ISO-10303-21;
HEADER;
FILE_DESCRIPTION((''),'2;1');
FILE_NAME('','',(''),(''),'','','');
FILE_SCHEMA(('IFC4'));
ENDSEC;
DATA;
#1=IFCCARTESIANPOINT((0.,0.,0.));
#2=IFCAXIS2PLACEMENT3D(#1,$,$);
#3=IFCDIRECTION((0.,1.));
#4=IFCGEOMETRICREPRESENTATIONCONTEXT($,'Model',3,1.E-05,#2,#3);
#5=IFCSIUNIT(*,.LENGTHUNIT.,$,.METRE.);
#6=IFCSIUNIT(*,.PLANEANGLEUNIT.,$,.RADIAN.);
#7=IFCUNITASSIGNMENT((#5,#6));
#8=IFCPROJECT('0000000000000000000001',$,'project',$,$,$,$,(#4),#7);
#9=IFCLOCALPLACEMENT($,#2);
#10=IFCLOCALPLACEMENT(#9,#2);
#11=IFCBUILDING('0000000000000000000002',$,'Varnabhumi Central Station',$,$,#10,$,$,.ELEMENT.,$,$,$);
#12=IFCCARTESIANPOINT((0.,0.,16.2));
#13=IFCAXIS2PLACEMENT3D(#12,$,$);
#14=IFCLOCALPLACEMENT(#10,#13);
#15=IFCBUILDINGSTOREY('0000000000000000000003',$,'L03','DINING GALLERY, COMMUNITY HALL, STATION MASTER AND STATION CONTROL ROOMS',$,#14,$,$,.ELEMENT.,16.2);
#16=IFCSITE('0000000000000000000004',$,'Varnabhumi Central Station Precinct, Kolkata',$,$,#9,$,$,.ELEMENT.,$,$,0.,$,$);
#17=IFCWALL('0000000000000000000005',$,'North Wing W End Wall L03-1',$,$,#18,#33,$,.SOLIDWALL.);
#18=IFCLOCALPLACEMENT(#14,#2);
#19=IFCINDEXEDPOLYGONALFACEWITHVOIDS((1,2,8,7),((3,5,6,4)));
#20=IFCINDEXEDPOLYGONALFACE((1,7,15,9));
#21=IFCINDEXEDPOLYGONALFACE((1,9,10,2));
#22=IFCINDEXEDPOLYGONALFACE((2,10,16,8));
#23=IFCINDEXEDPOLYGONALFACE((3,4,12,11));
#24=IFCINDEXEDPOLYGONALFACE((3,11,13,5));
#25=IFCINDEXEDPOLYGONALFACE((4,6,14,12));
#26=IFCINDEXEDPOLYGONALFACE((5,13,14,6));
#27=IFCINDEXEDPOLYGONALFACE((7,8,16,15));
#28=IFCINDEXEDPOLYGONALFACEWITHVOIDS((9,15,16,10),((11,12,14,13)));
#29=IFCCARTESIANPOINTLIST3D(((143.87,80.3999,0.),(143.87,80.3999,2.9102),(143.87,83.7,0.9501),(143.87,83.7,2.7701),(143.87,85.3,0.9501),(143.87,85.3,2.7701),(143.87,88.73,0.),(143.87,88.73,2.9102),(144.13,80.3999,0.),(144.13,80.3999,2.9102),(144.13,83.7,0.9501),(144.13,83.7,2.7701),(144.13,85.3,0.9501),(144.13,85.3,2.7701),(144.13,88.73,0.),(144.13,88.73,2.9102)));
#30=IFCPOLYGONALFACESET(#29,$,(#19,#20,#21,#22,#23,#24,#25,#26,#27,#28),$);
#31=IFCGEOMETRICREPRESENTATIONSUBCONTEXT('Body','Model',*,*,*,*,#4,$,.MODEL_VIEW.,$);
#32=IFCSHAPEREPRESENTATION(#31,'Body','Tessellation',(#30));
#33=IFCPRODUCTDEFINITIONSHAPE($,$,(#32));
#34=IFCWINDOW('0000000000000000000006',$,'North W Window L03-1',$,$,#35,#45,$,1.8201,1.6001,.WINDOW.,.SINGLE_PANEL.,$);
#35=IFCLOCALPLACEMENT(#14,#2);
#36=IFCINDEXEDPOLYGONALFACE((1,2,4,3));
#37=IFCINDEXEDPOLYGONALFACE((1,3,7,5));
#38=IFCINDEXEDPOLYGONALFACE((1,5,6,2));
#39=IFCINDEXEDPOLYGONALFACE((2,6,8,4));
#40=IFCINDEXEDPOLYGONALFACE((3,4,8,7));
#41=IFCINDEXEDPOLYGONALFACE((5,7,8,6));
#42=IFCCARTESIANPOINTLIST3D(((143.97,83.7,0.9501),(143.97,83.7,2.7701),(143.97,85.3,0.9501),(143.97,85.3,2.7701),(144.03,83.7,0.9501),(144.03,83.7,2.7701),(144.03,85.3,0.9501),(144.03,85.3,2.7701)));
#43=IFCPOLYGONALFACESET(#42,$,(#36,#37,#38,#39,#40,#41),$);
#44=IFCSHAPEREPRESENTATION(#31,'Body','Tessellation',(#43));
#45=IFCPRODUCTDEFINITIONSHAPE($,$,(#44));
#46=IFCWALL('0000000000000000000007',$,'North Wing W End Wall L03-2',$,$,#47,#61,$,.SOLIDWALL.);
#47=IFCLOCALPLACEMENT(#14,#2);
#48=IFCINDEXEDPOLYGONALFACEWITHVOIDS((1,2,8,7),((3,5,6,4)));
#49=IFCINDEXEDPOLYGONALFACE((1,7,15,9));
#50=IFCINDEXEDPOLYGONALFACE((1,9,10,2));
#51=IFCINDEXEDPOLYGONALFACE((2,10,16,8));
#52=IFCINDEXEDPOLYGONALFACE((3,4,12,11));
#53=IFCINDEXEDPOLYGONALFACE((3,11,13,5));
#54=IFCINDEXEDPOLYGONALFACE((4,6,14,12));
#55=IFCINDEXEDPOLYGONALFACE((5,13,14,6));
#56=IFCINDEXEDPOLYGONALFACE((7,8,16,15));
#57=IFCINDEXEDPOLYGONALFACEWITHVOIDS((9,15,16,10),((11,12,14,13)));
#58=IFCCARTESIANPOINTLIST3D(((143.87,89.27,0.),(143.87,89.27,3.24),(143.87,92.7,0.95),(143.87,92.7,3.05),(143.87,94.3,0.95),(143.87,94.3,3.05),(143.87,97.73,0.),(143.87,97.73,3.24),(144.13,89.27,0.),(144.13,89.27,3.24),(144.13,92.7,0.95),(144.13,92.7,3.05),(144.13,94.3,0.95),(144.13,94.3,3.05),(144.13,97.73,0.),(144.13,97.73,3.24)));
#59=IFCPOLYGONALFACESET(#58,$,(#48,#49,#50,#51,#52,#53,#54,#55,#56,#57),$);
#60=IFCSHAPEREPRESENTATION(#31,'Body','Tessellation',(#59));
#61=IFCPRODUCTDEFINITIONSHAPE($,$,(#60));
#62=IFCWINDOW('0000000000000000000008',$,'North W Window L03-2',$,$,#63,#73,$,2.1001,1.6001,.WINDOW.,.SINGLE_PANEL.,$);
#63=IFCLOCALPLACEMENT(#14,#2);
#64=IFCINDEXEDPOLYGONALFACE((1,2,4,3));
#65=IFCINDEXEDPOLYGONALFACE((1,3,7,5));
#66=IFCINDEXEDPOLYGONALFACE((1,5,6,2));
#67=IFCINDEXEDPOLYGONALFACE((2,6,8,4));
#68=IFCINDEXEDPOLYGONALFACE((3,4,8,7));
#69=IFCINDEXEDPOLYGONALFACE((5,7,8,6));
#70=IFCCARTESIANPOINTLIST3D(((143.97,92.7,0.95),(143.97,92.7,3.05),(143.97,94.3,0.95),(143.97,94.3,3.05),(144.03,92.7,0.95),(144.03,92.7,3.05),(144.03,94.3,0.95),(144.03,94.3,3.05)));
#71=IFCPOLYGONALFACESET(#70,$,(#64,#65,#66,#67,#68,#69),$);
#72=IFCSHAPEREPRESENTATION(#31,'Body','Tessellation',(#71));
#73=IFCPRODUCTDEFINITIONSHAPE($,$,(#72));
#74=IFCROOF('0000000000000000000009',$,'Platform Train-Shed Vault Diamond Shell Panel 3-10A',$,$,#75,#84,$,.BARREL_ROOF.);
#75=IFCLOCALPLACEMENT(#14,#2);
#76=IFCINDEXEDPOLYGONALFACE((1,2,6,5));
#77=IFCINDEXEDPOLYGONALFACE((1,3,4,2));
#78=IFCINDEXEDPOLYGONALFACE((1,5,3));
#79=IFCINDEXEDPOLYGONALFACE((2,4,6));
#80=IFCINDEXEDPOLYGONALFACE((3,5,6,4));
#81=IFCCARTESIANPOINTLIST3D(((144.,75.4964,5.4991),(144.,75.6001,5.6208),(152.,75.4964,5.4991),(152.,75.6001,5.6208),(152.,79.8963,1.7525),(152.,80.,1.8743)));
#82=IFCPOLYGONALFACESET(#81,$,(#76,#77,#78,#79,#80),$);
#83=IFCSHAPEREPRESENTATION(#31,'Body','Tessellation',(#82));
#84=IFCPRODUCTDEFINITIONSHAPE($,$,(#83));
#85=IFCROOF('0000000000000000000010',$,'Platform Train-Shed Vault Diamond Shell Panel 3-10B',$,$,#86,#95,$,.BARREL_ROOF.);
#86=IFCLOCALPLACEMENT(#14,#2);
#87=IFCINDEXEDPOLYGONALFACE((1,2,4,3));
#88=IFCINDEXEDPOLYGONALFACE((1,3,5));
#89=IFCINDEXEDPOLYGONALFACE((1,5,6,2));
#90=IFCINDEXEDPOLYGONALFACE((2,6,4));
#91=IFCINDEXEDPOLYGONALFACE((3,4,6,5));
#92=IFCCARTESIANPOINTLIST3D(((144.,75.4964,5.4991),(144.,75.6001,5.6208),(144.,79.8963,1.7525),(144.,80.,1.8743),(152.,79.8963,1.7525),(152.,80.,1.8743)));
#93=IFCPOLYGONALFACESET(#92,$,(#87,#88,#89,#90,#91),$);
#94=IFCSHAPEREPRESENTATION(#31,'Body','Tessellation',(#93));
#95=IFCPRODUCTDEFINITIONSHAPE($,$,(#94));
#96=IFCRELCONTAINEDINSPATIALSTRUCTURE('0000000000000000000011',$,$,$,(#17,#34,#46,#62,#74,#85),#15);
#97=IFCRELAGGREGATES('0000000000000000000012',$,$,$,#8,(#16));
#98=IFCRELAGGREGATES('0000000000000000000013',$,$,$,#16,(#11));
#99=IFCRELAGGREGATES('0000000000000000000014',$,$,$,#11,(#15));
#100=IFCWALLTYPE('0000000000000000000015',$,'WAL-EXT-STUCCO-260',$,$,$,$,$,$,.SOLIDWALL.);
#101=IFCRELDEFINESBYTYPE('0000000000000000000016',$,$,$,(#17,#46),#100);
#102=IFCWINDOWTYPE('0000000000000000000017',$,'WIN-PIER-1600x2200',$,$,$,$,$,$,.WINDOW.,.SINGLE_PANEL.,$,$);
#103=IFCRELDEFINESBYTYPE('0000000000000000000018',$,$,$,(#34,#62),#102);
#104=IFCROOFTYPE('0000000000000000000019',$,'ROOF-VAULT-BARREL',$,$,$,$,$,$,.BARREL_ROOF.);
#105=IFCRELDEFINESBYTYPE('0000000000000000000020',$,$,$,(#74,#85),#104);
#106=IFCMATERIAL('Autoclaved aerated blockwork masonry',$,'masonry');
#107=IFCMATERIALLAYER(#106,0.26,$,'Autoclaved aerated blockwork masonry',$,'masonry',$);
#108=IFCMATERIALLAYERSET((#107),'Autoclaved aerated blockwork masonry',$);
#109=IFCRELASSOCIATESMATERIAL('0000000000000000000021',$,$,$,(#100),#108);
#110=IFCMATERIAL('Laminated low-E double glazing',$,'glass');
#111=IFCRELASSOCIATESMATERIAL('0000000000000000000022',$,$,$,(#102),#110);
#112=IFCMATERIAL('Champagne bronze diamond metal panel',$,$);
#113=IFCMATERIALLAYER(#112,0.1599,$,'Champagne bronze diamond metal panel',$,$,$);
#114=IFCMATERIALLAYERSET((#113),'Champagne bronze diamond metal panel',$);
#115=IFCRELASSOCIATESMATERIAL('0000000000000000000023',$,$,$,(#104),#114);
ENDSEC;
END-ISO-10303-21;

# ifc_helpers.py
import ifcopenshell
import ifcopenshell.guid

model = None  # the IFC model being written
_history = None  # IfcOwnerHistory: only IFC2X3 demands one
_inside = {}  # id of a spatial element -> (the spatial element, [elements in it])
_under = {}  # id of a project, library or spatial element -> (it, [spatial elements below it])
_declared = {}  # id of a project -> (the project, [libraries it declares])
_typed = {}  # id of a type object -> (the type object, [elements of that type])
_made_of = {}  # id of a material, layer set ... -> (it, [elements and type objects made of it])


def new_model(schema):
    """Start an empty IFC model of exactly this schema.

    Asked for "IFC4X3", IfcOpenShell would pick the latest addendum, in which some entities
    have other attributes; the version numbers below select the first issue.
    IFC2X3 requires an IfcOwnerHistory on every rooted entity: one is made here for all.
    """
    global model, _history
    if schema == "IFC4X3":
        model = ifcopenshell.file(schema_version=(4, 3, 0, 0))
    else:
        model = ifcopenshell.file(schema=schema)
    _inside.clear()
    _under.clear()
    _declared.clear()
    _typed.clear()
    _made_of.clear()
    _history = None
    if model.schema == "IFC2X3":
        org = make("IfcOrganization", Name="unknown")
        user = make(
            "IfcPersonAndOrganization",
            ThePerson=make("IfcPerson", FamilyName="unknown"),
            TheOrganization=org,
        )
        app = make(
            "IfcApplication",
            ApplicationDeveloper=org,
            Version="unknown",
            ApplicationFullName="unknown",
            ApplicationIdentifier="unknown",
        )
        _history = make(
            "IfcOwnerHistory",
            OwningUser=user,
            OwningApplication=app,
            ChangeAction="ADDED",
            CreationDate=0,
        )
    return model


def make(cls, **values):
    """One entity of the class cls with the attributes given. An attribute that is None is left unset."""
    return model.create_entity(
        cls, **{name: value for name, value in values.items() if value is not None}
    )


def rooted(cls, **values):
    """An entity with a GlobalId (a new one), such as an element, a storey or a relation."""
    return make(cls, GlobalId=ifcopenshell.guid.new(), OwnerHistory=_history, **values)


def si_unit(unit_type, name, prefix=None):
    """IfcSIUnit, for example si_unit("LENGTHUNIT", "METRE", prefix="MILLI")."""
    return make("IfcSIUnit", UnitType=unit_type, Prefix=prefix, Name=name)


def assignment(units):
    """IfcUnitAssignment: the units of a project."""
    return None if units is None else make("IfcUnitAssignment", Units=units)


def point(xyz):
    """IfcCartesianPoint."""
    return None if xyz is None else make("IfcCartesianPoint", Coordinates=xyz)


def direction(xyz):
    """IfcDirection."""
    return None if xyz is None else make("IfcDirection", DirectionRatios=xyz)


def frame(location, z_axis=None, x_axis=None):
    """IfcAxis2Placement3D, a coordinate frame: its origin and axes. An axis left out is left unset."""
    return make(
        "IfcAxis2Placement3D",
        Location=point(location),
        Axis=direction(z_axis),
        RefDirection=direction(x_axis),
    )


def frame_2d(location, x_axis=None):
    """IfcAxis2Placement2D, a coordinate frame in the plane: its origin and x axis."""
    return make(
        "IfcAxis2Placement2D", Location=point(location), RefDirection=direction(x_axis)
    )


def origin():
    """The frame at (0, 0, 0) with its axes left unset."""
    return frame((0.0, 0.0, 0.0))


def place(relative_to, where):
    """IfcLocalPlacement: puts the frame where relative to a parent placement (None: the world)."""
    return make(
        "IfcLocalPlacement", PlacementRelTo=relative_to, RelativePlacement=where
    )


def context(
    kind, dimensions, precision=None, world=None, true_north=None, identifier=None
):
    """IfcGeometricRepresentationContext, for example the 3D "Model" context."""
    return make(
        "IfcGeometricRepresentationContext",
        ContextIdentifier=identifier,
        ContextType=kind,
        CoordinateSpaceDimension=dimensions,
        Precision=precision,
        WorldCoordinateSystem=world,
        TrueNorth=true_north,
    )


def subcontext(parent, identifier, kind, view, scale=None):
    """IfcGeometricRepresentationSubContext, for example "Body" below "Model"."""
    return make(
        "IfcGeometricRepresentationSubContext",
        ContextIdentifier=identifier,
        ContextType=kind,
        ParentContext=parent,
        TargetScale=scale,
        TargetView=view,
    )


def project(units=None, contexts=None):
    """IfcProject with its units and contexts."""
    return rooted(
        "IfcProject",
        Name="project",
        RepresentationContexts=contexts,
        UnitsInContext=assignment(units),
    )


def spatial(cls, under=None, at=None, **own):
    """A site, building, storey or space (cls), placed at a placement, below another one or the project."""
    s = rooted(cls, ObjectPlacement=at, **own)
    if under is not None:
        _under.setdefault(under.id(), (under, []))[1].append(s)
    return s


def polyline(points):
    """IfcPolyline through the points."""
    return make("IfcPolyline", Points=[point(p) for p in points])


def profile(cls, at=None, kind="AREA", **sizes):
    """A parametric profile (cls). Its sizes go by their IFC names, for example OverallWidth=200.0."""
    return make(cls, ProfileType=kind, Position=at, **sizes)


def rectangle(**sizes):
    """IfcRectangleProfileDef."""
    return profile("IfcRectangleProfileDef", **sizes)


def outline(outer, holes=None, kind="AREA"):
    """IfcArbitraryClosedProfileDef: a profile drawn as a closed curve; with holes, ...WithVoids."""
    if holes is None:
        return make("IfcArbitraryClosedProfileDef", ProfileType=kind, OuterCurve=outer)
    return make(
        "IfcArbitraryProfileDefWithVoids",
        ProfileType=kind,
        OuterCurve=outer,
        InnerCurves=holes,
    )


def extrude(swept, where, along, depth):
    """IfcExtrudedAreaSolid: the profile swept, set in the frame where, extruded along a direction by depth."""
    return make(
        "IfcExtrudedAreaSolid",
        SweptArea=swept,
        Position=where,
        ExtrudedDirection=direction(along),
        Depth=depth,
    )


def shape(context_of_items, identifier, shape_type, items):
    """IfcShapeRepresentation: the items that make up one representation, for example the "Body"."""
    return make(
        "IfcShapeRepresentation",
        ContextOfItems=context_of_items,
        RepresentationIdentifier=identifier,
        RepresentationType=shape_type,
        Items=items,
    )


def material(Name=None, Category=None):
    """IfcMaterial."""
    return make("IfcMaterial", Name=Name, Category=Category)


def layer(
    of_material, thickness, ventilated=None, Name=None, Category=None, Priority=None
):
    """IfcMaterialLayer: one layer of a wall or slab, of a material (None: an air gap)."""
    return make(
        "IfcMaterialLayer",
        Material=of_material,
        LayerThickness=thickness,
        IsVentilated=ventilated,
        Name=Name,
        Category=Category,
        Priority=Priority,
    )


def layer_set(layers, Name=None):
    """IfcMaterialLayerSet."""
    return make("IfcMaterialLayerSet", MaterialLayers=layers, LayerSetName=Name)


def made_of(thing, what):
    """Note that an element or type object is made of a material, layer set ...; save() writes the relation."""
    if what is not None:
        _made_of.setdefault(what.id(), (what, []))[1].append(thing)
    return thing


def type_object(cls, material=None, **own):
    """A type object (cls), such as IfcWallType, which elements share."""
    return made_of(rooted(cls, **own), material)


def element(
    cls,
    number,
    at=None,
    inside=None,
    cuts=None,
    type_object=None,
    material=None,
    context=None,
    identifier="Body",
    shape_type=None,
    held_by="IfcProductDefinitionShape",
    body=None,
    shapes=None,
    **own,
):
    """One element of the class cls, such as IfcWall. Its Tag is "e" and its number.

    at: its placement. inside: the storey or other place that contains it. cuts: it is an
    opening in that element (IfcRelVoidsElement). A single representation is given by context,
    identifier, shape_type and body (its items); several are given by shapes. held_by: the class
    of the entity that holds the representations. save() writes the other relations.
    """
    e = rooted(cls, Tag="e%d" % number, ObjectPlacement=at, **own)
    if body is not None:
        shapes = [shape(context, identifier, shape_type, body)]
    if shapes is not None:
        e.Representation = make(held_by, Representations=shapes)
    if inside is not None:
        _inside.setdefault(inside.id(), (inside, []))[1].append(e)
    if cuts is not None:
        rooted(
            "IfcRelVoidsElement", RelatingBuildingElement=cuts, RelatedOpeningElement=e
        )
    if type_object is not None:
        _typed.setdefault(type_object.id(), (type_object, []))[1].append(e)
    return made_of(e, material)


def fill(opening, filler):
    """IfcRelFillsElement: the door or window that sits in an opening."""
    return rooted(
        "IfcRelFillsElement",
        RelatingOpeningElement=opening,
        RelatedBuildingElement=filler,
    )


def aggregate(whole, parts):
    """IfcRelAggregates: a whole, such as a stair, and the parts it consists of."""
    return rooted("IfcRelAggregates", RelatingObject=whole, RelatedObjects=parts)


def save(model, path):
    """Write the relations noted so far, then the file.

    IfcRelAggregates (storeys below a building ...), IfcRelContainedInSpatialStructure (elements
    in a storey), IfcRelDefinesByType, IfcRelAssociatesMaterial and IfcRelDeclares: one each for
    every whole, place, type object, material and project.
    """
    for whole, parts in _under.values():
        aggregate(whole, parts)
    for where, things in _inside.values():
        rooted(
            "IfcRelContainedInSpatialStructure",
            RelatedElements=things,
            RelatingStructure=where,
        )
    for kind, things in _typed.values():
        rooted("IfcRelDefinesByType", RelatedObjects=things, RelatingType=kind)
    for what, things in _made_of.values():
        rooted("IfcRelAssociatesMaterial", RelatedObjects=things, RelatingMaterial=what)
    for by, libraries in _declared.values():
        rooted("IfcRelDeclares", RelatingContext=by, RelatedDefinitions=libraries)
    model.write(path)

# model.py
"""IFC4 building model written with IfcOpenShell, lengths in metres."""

from ifc_helpers import new_model, si_unit, direction, frame, frame_2d, origin, place, context, subcontext, project, spatial, polyline, rectangle, outline, extrude, material, layer, layer_set, type_object, element, fill, save


model = new_model("IFC4")

# Units and contexts
model_context = context("Model", 3, precision=1e-05, world=origin(), true_north=direction((0.0, 1.0)))
body_context = subcontext(model_context, "Body", "Model", "MODEL_VIEW")
ifc_project = project(units=[si_unit("LENGTHUNIT", "METRE"), si_unit("PLANEANGLEUNIT", "RADIAN")], contexts=[model_context])

# Site, building, storey
site_placement = place(None, origin())
site = spatial("IfcSite", under=ifc_project, at=site_placement, Name="Varnabhumi Central Station Precinct, Kolkata", CompositionType="ELEMENT", RefElevation=0.0)
building_placement = place(site_placement, origin())
building = spatial("IfcBuilding", under=site, at=building_placement, Name="Varnabhumi Central Station", CompositionType="ELEMENT")
storey_placement = place(building_placement, frame((0.0, 0.0, 16.2)))
storey = spatial("IfcBuildingStorey", under=building, at=storey_placement, Name="L03", Description="DINING GALLERY, COMMUNITY HALL, STATION MASTER AND STATION CONTROL ROOMS", CompositionType="ELEMENT", Elevation=16.2)

# Shared definitions
ifc_material_1 = material(Name="Laminated low-E double glazing", Category="glass")

# Walls, openings, windows
ifc_material_2 = material(Name="Autoclaved aerated blockwork masonry", Category="masonry")
ifc_layer_1 = layer(ifc_material_2, 0.26, Name="Autoclaved aerated blockwork masonry", Category="masonry")
ifc_layer_set_1 = layer_set([ifc_layer_1], Name="Autoclaved aerated blockwork masonry")
wall_type = type_object("IfcWallType", Name="WAL-EXT-STUCCO-260", PredefinedType="SOLIDWALL", material=ifc_layer_set_1)
wall_1_placement = place(storey_placement, frame((144.0, 80.3999, 0.0), z_axis=(0.0, 0.0, 1.0), x_axis=(0.0, 1.0, 0.0)))
wall_1 = element("IfcWall", 1, at=wall_1_placement, inside=storey, type_object=wall_type, Name="North Wing W End Wall L03-1", PredefinedType="SOLIDWALL", context=body_context, shape_type="SweptSolid", body=[
    extrude(rectangle(XDim=8.3301, YDim=0.26, at=frame_2d((4.165, 0.0))), origin(), (0.0, 0.0, 1.0), 2.9102),
])
opening_1_placement = place(wall_1_placement, frame((3.3, 0.0, 0.95)))
opening_1 = element("IfcOpeningElement", 2, at=opening_1_placement, cuts=wall_1, PredefinedType="OPENING", context=body_context, shape_type="SweptSolid", body=[
    extrude(rectangle(XDim=1.6001, YDim=1.8201, at=frame_2d((0.8, 0.9102))), frame((0.0, 0.1399, 0.0), z_axis=(0.0, -1.0, 0.0), x_axis=(1.0, 0.0, 0.0)), (0.0, 0.0, 1.0), 0.28),
])
window_type = type_object("IfcWindowType", Name="WIN-PIER-1600x2200", PartitioningType="SINGLE_PANEL", PredefinedType="WINDOW", material=ifc_material_1)
window_1_placement = place(opening_1_placement, origin())
window_1 = element("IfcWindow", 3, at=window_1_placement, inside=storey, type_object=window_type, Name="North W Window L03-1", OverallHeight=1.8201, OverallWidth=1.6001, PartitioningType="SINGLE_PANEL", PredefinedType="WINDOW", context=body_context, shape_type="SweptSolid", body=[
    extrude(rectangle(XDim=1.6001, YDim=1.8201, at=frame_2d((0.8, 0.9102))), frame((0.0, 0.03, 0.0), z_axis=(0.0, -1.0, 0.0), x_axis=(1.0, 0.0, 0.0)), (0.0, 0.0, 1.0), 0.0601),
])
fill(opening_1, window_1)
wall_2_placement = place(storey_placement, frame((144.0, 89.27, 0.0), z_axis=(0.0, 0.0, 1.0), x_axis=(0.0, 1.0, 0.0)))
wall_2 = element("IfcWall", 4, at=wall_2_placement, inside=storey, type_object=wall_type, Name="North Wing W End Wall L03-2", PredefinedType="SOLIDWALL", context=body_context, shape_type="SweptSolid", body=[
    extrude(rectangle(XDim=8.46, YDim=0.26, at=frame_2d((4.23, 0.0))), origin(), (0.0, 0.0, 1.0), 3.24),
])
opening_2_placement = place(wall_2_placement, frame((3.4299, 0.0, 0.95)))
opening_2 = element("IfcOpeningElement", 5, at=opening_2_placement, cuts=wall_2, PredefinedType="OPENING", context=body_context, shape_type="SweptSolid", body=[
    extrude(rectangle(XDim=1.6001, YDim=2.1001, at=frame_2d((0.8, 1.05))), frame((0.0, 0.1399, 0.0), z_axis=(0.0, -1.0, 0.0), x_axis=(1.0, 0.0, 0.0)), (0.0, 0.0, 1.0), 0.28),
])
window_2_placement = place(opening_2_placement, origin())
window_2 = element("IfcWindow", 6, at=window_2_placement, inside=storey, type_object=window_type, Name="North W Window L03-2", OverallHeight=2.1001, OverallWidth=1.6001, PartitioningType="SINGLE_PANEL", PredefinedType="WINDOW", context=body_context, shape_type="SweptSolid", body=[
    extrude(rectangle(XDim=1.6001, YDim=2.1001, at=frame_2d((0.8, 1.05))), frame((0.0, 0.03, 0.0), z_axis=(0.0, -1.0, 0.0), x_axis=(1.0, 0.0, 0.0)), (0.0, 0.0, 1.0), 0.0601),
])
fill(opening_2, window_2)

# Roofs
ifc_material_3 = material(Name="Champagne bronze diamond metal panel")
ifc_layer_2 = layer(ifc_material_3, 0.1599, Name="Champagne bronze diamond metal panel")
ifc_layer_set_2 = layer_set([ifc_layer_2], Name="Champagne bronze diamond metal panel")
roof_type = type_object("IfcRoofType", Name="ROOF-VAULT-BARREL", PredefinedType="BARREL_ROOF", material=ifc_layer_set_2)
roof_1_placement = place(storey_placement, frame((144.0, 75.6001, 5.6208), z_axis=(0.0, 0.648318, 0.76137), x_axis=(1.0, 0.0, 0.0)))
element("IfcRoof", 7, at=roof_1_placement, inside=storey, type_object=roof_type, Name="Platform Train-Shed Vault Diamond Shell Panel 3-10A", PredefinedType="BARREL_ROOF", context=body_context, shape_type="SweptSolid", body=[
    extrude(outline(polyline([(0.0, 0.0), (8.0, 0.0), (8.0, 5.7789), (0.0, 0.0)])), origin(), (0.0, 0.0, -1.0), 0.1599),
])
roof_2_placement = place(storey_placement, frame((144.0, 75.6001, 5.6208), z_axis=(0.0, 0.648318, 0.76137), x_axis=(0.810624, 0.445833, -0.379634)))
element("IfcRoof", 8, at=roof_2_placement, inside=storey, type_object=roof_type, Name="Platform Train-Shed Vault Diamond Shell Panel 3-10B", PredefinedType="BARREL_ROOF", context=body_context, shape_type="SweptSolid", body=[
    extrude(outline(polyline([(0.0, 0.0), (9.8689, 0.0), (3.384, 4.6845), (0.0, 0.0)])), origin(), (0.0, 0.0, -1.0), 0.1599),
])

save(model, "model.ifc")
